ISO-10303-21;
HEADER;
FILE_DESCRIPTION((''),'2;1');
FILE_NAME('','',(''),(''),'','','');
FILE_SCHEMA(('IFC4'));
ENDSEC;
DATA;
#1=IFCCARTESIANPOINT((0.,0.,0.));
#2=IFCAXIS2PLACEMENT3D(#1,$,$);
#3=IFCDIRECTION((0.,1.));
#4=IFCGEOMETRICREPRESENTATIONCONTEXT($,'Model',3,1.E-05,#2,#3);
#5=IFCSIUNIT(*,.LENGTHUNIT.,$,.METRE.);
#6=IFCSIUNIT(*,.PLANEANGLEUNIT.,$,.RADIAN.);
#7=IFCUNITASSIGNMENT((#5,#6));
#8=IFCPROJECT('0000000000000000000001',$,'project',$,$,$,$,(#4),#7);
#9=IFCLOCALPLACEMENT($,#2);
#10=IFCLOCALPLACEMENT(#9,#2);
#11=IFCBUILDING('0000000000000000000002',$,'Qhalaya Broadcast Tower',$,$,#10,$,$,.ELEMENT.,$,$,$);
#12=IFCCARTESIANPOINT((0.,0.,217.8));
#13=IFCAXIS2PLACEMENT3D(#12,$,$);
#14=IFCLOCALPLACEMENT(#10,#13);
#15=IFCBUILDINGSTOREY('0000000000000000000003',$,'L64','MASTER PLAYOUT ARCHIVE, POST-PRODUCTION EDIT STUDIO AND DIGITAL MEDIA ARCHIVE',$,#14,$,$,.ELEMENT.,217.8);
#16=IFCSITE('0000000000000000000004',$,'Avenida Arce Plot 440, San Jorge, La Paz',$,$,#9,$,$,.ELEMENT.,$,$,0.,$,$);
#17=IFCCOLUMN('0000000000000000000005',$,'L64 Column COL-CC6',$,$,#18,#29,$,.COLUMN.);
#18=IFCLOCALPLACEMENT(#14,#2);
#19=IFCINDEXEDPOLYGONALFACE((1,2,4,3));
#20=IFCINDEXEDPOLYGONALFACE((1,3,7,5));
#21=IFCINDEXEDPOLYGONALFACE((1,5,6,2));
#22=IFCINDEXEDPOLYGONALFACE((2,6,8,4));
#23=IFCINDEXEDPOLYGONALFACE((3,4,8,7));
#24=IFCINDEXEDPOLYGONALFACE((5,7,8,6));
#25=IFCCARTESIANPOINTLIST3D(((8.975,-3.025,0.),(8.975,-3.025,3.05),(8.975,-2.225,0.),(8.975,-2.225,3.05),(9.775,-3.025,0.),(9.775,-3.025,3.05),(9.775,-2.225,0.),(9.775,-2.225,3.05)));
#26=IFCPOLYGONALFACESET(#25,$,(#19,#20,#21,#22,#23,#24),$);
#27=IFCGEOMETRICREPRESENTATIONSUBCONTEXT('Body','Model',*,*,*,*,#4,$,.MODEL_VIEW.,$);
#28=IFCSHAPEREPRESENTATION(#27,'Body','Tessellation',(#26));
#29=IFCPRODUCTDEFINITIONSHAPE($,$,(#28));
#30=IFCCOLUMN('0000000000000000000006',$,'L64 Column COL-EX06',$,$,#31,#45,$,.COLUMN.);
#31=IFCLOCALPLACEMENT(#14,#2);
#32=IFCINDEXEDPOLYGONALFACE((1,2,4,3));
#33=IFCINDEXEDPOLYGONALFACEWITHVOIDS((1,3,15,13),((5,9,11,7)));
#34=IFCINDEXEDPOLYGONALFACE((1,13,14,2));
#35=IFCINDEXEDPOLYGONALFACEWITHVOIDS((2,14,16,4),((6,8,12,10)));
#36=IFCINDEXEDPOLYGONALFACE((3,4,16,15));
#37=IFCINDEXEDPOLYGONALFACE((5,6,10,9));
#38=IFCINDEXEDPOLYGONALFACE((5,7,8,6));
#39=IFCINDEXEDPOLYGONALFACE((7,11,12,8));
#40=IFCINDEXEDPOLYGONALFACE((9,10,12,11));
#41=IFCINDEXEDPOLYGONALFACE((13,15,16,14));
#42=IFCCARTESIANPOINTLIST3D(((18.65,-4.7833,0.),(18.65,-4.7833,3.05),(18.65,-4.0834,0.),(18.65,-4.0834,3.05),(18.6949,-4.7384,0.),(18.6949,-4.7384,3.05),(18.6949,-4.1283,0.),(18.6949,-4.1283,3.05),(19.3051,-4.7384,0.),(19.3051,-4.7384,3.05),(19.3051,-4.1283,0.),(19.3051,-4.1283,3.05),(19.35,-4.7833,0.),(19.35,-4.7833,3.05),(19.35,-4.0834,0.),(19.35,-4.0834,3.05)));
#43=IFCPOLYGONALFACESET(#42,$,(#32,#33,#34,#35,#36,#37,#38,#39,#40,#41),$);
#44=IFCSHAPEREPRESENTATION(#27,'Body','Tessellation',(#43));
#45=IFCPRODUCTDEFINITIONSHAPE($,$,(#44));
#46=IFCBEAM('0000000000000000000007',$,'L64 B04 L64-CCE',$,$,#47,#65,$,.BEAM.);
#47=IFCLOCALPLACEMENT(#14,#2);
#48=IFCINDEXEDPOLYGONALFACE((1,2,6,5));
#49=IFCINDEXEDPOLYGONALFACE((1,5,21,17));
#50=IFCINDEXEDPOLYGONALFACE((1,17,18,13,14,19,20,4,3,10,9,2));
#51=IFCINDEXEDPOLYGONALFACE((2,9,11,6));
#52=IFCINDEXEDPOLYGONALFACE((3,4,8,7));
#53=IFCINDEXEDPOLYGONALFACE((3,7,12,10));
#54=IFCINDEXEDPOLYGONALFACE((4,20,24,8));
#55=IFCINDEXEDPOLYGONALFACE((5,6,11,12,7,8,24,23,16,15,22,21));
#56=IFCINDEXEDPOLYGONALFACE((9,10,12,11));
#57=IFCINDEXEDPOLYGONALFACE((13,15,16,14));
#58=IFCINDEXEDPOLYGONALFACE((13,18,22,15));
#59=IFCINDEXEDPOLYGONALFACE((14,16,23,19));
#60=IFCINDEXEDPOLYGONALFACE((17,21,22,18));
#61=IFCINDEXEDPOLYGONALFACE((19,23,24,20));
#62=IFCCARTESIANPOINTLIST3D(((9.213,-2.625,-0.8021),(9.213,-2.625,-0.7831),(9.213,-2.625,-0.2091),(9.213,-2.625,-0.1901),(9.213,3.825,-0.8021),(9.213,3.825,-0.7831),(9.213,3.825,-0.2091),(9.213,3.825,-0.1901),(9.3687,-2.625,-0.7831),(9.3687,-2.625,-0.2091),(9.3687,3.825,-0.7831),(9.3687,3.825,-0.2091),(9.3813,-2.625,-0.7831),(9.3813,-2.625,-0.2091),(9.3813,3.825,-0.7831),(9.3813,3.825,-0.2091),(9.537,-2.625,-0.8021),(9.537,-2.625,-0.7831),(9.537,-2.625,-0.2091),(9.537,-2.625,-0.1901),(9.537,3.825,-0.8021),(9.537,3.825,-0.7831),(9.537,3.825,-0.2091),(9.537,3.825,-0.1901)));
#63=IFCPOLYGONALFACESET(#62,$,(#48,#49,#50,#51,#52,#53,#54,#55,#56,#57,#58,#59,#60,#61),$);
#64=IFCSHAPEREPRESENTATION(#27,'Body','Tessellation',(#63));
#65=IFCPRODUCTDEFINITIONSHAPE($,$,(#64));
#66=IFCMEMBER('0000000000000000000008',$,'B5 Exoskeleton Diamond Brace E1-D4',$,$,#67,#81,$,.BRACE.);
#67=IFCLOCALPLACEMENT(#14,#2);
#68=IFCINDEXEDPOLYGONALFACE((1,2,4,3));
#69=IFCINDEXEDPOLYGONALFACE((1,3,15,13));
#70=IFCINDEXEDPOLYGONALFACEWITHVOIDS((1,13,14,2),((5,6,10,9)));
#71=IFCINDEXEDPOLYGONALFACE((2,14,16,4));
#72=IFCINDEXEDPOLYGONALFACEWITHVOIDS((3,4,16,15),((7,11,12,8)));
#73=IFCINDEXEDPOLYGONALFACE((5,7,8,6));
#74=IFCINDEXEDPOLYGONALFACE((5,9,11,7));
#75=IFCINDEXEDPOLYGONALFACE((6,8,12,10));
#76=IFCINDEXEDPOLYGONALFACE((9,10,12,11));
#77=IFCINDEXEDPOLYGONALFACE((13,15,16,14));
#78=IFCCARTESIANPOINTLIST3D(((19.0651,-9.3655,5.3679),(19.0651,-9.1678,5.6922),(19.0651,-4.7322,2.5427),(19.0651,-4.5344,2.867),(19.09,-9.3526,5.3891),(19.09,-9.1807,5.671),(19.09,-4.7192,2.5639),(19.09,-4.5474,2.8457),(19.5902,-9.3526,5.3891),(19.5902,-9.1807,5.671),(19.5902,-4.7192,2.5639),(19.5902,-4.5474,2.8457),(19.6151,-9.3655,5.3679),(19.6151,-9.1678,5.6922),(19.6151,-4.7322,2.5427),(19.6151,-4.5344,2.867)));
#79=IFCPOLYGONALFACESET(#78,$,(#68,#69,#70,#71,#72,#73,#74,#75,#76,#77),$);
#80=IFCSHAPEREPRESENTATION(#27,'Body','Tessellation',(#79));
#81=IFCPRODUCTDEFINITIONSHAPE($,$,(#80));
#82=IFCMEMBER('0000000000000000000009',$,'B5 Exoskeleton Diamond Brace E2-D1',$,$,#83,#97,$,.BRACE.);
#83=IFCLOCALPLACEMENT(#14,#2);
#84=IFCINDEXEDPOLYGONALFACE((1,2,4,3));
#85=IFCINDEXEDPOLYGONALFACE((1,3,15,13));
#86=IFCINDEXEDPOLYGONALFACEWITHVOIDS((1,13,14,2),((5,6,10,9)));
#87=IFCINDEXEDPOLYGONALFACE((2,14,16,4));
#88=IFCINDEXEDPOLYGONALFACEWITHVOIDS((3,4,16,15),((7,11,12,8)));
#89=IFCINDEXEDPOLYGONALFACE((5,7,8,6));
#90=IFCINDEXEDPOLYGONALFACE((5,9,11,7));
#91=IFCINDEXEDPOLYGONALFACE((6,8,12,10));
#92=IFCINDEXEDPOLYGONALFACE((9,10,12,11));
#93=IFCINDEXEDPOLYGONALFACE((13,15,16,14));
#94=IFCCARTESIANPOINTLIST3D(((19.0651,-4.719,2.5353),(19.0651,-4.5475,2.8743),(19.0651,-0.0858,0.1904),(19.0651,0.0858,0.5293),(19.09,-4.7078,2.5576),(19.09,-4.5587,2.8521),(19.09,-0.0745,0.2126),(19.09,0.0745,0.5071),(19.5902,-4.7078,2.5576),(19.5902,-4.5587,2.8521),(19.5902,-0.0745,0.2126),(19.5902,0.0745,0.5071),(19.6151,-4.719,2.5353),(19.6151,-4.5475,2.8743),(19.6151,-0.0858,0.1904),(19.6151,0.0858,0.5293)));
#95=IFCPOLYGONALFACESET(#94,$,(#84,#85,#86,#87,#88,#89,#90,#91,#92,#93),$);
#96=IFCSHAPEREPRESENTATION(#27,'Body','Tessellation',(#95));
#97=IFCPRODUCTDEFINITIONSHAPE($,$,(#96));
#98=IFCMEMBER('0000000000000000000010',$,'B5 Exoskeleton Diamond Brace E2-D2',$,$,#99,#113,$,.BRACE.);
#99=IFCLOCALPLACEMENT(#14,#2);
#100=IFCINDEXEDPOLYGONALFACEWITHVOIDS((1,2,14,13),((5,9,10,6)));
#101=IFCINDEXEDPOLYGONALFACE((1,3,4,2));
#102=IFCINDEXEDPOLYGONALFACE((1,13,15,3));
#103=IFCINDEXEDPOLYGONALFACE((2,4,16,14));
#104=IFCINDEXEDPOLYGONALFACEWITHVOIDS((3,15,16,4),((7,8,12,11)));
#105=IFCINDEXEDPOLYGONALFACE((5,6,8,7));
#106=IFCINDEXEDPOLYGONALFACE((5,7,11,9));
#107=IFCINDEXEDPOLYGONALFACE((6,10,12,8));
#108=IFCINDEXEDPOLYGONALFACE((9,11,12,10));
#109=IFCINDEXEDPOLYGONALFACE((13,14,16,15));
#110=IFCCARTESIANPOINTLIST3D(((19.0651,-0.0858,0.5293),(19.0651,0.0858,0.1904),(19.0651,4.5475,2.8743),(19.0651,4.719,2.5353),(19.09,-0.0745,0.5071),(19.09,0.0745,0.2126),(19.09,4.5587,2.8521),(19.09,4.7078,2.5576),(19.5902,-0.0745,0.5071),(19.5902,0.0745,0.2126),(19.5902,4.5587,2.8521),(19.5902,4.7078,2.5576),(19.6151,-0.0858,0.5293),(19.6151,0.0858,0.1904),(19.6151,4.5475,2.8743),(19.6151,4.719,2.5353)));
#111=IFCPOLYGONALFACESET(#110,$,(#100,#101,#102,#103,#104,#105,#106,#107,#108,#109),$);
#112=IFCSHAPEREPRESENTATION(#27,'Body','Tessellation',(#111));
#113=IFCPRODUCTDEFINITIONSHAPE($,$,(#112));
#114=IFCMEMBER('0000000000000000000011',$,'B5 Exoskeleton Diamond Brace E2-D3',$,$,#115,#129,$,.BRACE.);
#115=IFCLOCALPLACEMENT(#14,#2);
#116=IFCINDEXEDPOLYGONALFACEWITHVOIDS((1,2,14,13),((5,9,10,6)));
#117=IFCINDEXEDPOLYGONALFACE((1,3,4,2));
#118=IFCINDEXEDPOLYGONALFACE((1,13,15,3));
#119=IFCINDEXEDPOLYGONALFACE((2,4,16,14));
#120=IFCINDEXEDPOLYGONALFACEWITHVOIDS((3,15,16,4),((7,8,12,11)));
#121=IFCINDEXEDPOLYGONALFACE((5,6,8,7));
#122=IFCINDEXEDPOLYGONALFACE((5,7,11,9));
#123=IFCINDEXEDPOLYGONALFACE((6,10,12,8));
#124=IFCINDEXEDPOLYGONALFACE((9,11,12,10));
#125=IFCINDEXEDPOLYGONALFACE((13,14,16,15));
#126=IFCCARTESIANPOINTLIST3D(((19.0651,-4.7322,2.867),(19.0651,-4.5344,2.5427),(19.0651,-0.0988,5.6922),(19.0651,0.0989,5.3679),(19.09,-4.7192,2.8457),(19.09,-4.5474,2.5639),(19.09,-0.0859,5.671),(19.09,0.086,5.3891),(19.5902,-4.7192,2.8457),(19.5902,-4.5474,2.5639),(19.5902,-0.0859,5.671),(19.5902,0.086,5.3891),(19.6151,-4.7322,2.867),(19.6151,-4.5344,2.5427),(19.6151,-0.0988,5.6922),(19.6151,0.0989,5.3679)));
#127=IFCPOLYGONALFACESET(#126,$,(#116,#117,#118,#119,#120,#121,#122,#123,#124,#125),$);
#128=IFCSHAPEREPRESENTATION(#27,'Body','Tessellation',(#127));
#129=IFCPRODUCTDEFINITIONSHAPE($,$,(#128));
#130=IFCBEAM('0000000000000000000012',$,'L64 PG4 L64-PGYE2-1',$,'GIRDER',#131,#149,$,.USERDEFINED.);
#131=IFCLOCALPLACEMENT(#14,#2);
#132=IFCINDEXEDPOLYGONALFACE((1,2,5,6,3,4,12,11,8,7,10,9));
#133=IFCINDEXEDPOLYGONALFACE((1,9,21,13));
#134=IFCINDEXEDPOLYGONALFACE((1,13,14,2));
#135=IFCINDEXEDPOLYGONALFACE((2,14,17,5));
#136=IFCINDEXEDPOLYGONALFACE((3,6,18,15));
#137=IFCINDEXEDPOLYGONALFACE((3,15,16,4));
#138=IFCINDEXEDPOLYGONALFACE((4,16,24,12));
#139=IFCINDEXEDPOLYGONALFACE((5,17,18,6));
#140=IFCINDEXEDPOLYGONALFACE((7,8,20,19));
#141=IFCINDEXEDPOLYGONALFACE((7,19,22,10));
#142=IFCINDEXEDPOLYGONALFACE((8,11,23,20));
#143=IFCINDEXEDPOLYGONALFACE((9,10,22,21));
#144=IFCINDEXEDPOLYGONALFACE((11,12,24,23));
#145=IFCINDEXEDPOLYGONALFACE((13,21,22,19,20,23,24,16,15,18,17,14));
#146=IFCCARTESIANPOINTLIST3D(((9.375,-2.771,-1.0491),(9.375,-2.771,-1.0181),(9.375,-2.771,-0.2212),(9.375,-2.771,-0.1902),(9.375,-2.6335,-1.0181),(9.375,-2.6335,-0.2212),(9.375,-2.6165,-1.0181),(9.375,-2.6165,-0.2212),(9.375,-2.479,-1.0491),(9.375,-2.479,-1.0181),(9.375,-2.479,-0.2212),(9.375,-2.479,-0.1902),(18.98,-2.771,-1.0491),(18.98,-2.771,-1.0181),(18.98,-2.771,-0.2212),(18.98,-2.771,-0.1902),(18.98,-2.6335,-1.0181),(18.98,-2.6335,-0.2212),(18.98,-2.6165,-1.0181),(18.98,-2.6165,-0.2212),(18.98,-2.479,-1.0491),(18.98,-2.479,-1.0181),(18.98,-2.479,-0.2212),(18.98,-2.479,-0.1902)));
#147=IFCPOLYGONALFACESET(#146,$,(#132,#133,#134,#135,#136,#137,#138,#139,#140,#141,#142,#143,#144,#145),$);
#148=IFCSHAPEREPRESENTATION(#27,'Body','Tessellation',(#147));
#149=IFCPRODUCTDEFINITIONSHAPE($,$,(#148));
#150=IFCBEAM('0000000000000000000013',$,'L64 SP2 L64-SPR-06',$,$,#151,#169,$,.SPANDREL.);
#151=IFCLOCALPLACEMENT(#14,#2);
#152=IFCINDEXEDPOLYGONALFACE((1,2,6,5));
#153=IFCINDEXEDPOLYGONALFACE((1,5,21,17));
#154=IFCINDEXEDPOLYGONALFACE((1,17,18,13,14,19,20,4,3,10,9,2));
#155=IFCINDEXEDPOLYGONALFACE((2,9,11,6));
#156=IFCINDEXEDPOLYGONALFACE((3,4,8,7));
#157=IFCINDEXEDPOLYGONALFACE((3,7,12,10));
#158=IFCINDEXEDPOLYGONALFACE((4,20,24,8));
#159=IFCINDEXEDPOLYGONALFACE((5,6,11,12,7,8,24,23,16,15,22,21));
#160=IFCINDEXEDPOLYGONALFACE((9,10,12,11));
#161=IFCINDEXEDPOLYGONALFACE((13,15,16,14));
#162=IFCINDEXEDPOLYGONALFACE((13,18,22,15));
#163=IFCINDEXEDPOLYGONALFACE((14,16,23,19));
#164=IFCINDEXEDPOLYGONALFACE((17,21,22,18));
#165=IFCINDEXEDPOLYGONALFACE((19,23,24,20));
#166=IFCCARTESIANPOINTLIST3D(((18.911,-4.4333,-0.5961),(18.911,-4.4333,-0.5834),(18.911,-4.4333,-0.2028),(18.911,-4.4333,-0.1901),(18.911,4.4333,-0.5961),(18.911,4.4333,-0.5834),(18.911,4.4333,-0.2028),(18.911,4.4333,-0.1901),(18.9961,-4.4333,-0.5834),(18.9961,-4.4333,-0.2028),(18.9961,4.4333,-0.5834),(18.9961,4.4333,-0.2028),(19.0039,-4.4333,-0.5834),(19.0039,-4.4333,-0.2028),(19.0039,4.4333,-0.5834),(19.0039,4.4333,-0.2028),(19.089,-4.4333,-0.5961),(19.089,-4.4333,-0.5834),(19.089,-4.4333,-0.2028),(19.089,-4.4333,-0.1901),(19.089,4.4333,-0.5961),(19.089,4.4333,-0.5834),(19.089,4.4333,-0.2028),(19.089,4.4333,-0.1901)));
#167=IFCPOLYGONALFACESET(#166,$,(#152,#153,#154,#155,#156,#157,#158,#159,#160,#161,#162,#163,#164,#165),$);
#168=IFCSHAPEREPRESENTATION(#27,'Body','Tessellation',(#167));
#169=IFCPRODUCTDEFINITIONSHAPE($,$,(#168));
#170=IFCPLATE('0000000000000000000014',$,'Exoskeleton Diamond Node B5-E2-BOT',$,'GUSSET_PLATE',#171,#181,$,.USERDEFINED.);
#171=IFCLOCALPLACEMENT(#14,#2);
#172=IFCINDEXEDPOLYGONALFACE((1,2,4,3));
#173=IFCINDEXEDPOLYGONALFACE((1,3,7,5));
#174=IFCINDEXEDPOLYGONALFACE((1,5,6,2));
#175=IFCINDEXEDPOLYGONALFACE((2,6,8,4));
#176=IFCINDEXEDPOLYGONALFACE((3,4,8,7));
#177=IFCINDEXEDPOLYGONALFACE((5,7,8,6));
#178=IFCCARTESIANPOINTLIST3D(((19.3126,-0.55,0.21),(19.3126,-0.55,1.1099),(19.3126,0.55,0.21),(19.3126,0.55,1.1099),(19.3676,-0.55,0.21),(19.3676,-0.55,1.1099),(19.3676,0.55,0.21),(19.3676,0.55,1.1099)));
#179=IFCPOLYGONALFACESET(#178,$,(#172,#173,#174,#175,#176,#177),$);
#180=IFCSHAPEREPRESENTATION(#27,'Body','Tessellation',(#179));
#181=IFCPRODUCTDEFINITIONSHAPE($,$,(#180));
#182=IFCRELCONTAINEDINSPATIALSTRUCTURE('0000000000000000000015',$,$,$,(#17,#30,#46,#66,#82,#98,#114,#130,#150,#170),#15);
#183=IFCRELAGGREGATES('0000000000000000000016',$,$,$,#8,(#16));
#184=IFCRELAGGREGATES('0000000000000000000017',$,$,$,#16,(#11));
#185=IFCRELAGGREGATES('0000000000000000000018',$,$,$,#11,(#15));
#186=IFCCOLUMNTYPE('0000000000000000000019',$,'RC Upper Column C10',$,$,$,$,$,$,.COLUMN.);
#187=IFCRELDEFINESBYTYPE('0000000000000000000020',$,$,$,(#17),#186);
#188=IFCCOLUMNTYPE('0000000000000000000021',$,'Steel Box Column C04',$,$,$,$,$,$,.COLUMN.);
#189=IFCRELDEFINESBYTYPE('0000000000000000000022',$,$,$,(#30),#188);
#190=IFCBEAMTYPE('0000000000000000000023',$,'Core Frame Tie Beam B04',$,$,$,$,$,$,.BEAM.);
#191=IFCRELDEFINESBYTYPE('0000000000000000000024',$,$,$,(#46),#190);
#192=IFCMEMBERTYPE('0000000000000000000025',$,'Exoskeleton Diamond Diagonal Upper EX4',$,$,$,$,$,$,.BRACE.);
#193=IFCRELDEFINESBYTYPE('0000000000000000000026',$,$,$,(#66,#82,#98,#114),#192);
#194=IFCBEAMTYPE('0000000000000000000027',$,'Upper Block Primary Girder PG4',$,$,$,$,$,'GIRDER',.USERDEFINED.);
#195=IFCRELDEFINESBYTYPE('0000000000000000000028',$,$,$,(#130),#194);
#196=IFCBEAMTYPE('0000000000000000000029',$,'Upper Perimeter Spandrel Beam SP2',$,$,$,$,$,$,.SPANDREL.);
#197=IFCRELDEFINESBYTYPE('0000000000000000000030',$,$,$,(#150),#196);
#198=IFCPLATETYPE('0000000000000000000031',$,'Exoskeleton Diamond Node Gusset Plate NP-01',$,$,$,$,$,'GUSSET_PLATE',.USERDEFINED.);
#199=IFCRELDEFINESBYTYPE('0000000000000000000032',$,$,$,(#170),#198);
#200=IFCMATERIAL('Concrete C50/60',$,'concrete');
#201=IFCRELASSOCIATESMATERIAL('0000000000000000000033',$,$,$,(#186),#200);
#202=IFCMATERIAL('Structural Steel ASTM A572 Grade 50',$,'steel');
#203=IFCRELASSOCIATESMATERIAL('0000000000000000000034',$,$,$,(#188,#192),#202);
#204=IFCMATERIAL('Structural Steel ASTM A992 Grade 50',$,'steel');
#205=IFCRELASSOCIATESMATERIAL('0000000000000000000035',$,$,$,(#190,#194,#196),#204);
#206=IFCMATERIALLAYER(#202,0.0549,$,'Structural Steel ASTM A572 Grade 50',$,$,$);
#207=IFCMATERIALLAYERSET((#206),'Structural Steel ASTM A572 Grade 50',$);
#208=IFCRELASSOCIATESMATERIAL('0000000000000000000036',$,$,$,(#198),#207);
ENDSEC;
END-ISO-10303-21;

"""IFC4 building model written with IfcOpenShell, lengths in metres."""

from ifc_helpers import new_model, si_unit, direction, frame, origin, origin_2d, place, context, subcontext, project, spatial, rectangle, hollow_rectangle, i_section, extrude, material, layer, layer_set, material_profile, profile_set, type_object, element, save


model = new_model("IFC4")

# Units and contexts
model_context = context("Model", 3, precision=1e-05, world=origin(), true_north=direction((0.0, 1.0)))
body_context = subcontext(model_context, "Body", "Model", "MODEL_VIEW")
ifc_project = project(units=[si_unit("LENGTHUNIT", "METRE"), si_unit("PLANEANGLEUNIT", "RADIAN")], contexts=[model_context])

# Site, building, storey
site_placement = place(None, origin())
site = spatial("IfcSite", under=ifc_project, at=site_placement, Name="Avenida Arce Plot 440, San Jorge, La Paz", CompositionType="ELEMENT", RefElevation=0.0)
building_placement = place(site_placement, origin())
building = spatial("IfcBuilding", under=site, at=building_placement, Name="Qhalaya Broadcast Tower", CompositionType="ELEMENT")
storey_placement = place(building_placement, frame((0.0, 0.0, 217.8)))
storey = spatial("IfcBuildingStorey", under=building, at=storey_placement, Name="L64", Description="MASTER PLAYOUT ARCHIVE, POST-PRODUCTION EDIT STUDIO AND DIGITAL MEDIA ARCHIVE", CompositionType="ELEMENT", Elevation=217.8)

# Columns
ifc_material_1 = material(Name="Concrete C50/60", Category="concrete")
ifc_material_profile_1 = material_profile(ifc_material_1, rectangle(XDim=0.8, YDim=0.8, at=origin_2d()), Name="RC-COL 800x800")
ifc_profile_set_1 = profile_set([ifc_material_profile_1], Name="Concrete C50/60")
column_type_1 = type_object("IfcColumnType", Name="RC Upper Column C10", PredefinedType="COLUMN", material=ifc_profile_set_1)
column_1_placement = place(storey_placement, frame((9.375, -2.625, 0.0), z_axis=(0.0, 0.0, 1.0), x_axis=(1.0, 0.0, 0.0)))
element("IfcColumn", 1, at=column_1_placement, inside=storey, type_object=column_type_1, Name="L64 Column COL-CC6", PredefinedType="COLUMN", context=body_context, shape_type="SweptSolid", body=[
    extrude(rectangle(XDim=0.8, YDim=0.8, at=origin_2d()), origin(), (0.0, 0.0, 1.0), 3.05),
])
ifc_material_2 = material(Name="Structural Steel ASTM A572 Grade 50", Category="steel")
ifc_material_profile_2 = material_profile(ifc_material_2, hollow_rectangle(XDim=0.7, YDim=0.7, WallThickness=0.0449, at=origin_2d()), Name="BOX 700x700x45")
ifc_profile_set_2 = profile_set([ifc_material_profile_2], Name="Structural Steel ASTM A572 Grade 50")
column_type_2 = type_object("IfcColumnType", Name="Steel Box Column C04", PredefinedType="COLUMN", material=ifc_profile_set_2)
column_2_placement = place(storey_placement, frame((19.0, -4.4333, 0.0), z_axis=(0.0, 0.0, 1.0), x_axis=(0.0, 1.0, 0.0)))
element("IfcColumn", 2, at=column_2_placement, inside=storey, type_object=column_type_2, Name="L64 Column COL-EX06", PredefinedType="COLUMN", context=body_context, shape_type="SweptSolid", body=[
    extrude(hollow_rectangle(XDim=0.7, YDim=0.7, WallThickness=0.0449, at=origin_2d()), origin(), (0.0, 0.0, 1.0), 3.05),
])

# Beam
ifc_material_3 = material(Name="Structural Steel ASTM A992 Grade 50", Category="steel")
ifc_material_profile_3 = material_profile(ifc_material_3, i_section(OverallWidth=0.324, OverallDepth=0.6121, WebThickness=0.0127, FlangeThickness=0.019, at=origin_2d()), Name="W24X104")
ifc_profile_set_3 = profile_set([ifc_material_profile_3], Name="Structural Steel ASTM A992 Grade 50")
beam_type_1 = type_object("IfcBeamType", Name="Core Frame Tie Beam B04", PredefinedType="BEAM", material=ifc_profile_set_3)
beam_1_placement = place(storey_placement, frame((9.375, -2.625, -0.4961), z_axis=(0.0, 1.0, 0.0), x_axis=(-1.0, 0.0, 0.0)))
element("IfcBeam", 3, at=beam_1_placement, inside=storey, type_object=beam_type_1, Name="L64 B04 L64-CCE", PredefinedType="BEAM", context=body_context, shape_type="SweptSolid", body=[
    extrude(i_section(OverallWidth=0.324, OverallDepth=0.6121, WebThickness=0.0127, FlangeThickness=0.019, at=origin_2d()), origin(), (0.0, 0.0, 1.0), 6.45),
])

# Members
ifc_material_profile_4 = material_profile(ifc_material_2, hollow_rectangle(XDim=0.3799, YDim=0.55, WallThickness=0.0249, at=origin_2d()), Name="BOX 380x550x25")
ifc_profile_set_4 = profile_set([ifc_material_profile_4], Name="Structural Steel ASTM A572 Grade 50")
member_type = type_object("IfcMemberType", Name="Exoskeleton Diamond Diagonal Upper EX4", PredefinedType="BRACE", material=ifc_profile_set_4)
member_1_placement = place(storey_placement, frame((19.3401, -4.6333, 2.7048), z_axis=(0.0, -0.853795, 0.520609), x_axis=(0.0, 0.520609, 0.853795)))
element("IfcMember", 4, at=member_1_placement, inside=storey, type_object=member_type, Name="B5 Exoskeleton Diamond Brace E1-D4", PredefinedType="BRACE", context=body_context, shape_type="SweptSolid", body=[
    extrude(hollow_rectangle(XDim=0.3799, YDim=0.55, WallThickness=0.0249, at=origin_2d()), origin(), (0.0, 0.0, 1.0), 5.4268),
])
for number, where, z_axis, x_axis, name in (
    (5, (19.3401, 0.0, 0.3599), (0.0, -0.892235, 0.451571), (0.0, 0.451571, 0.892235), "B5 Exoskeleton Diamond Brace E2-D1"),
    (6, (19.3401, 0.0, 0.3599), (0.0, 0.892235, 0.451571), (0.0, -0.451571, 0.892235), "B5 Exoskeleton Diamond Brace E2-D2"),
):
    element("IfcMember", number, at=place(storey_placement, frame(where, z_axis=z_axis, x_axis=x_axis)), inside=storey, type_object=member_type, Name=name, PredefinedType="BRACE", context=body_context, shape_type="SweptSolid", body=[
        extrude(hollow_rectangle(XDim=0.3799, YDim=0.55, WallThickness=0.0249, at=origin_2d()), origin(), (0.0, 0.0, 1.0), 5.1929),
    ])
member_2_placement = place(storey_placement, frame((19.3401, -4.6333, 2.7048), z_axis=(0.0, 0.853795, 0.520609), x_axis=(0.0, -0.520609, 0.853795)))
element("IfcMember", 7, at=member_2_placement, inside=storey, type_object=member_type, Name="B5 Exoskeleton Diamond Brace E2-D3", PredefinedType="BRACE", context=body_context, shape_type="SweptSolid", body=[
    extrude(hollow_rectangle(XDim=0.3799, YDim=0.55, WallThickness=0.0249, at=origin_2d()), origin(), (0.0, 0.0, 1.0), 5.4268),
])

# Beams
ifc_material_profile_5 = material_profile(ifc_material_3, i_section(OverallWidth=0.292, OverallDepth=0.8589, WebThickness=0.0171, FlangeThickness=0.031, at=origin_2d()), Name="W33X169")
ifc_profile_set_5 = profile_set([ifc_material_profile_5], Name="Structural Steel ASTM A992 Grade 50")
beam_type_2 = type_object("IfcBeamType", Name="Upper Block Primary Girder PG4", ElementType="GIRDER", PredefinedType="USERDEFINED", material=ifc_profile_set_5)
beam_2_placement = place(storey_placement, frame((9.375, -2.625, -0.6196), z_axis=(1.0, 0.0, 0.0), x_axis=(0.0, 1.0, 0.0)))
element("IfcBeam", 8, at=beam_2_placement, inside=storey, type_object=beam_type_2, Name="L64 PG4 L64-PGYE2-1", ObjectType="GIRDER", PredefinedType="USERDEFINED", context=body_context, shape_type="SweptSolid", body=[
    extrude(i_section(OverallWidth=0.292, OverallDepth=0.8589, WebThickness=0.0171, FlangeThickness=0.031, at=origin_2d()), origin(), (0.0, 0.0, 1.0), 9.605),
])
ifc_material_profile_6 = material_profile(ifc_material_3, i_section(OverallWidth=0.178, OverallDepth=0.406, WebThickness=0.0078, FlangeThickness=0.0127, at=origin_2d()), Name="W16X40")
ifc_profile_set_6 = profile_set([ifc_material_profile_6], Name="Structural Steel ASTM A992 Grade 50")
beam_type_3 = type_object("IfcBeamType", Name="Upper Perimeter Spandrel Beam SP2", PredefinedType="SPANDREL", material=ifc_profile_set_6)
beam_3_placement = place(storey_placement, frame((19.0, -4.4333, -0.3931), z_axis=(0.0, 1.0, 0.0), x_axis=(-1.0, 0.0, 0.0)))
element("IfcBeam", 9, at=beam_3_placement, inside=storey, type_object=beam_type_3, Name="L64 SP2 L64-SPR-06", PredefinedType="SPANDREL", context=body_context, shape_type="SweptSolid", body=[
    extrude(i_section(OverallWidth=0.178, OverallDepth=0.406, WebThickness=0.0078, FlangeThickness=0.0127, at=origin_2d()), origin(), (0.0, 0.0, 1.0), 8.8667),
])

# Plate
ifc_layer_1 = layer(ifc_material_2, 0.0549, Name="Structural Steel ASTM A572 Grade 50")
ifc_layer_set_1 = layer_set([ifc_layer_1], Name="Structural Steel ASTM A572 Grade 50")
plate_type_1 = type_object("IfcPlateType", Name="Exoskeleton Diamond Node Gusset Plate NP-01", ElementType="GUSSET_PLATE", PredefinedType="USERDEFINED", material=ifc_layer_set_1)
for number, where, z_axis, x_axis, name in (
    (10, (19.3401, 0.0, 0.21), (0.0, 0.0, 1.0), (0.0, 1.0, 0.0), "Exoskeleton Diamond Node B5-E2-BOT"),
):
    element("IfcPlate", number, at=place(storey_placement, frame(where, z_axis=z_axis, x_axis=x_axis)), inside=storey, type_object=plate_type_1, Name=name, ObjectType="GUSSET_PLATE", PredefinedType="USERDEFINED", context=body_context, shape_type="SweptSolid", body=[
        extrude(rectangle(XDim=1.1001, YDim=0.0549, at=origin_2d()), origin(), (0.0, 0.0, 1.0), 0.8999),
    ])

save(model, "model.ifc")
